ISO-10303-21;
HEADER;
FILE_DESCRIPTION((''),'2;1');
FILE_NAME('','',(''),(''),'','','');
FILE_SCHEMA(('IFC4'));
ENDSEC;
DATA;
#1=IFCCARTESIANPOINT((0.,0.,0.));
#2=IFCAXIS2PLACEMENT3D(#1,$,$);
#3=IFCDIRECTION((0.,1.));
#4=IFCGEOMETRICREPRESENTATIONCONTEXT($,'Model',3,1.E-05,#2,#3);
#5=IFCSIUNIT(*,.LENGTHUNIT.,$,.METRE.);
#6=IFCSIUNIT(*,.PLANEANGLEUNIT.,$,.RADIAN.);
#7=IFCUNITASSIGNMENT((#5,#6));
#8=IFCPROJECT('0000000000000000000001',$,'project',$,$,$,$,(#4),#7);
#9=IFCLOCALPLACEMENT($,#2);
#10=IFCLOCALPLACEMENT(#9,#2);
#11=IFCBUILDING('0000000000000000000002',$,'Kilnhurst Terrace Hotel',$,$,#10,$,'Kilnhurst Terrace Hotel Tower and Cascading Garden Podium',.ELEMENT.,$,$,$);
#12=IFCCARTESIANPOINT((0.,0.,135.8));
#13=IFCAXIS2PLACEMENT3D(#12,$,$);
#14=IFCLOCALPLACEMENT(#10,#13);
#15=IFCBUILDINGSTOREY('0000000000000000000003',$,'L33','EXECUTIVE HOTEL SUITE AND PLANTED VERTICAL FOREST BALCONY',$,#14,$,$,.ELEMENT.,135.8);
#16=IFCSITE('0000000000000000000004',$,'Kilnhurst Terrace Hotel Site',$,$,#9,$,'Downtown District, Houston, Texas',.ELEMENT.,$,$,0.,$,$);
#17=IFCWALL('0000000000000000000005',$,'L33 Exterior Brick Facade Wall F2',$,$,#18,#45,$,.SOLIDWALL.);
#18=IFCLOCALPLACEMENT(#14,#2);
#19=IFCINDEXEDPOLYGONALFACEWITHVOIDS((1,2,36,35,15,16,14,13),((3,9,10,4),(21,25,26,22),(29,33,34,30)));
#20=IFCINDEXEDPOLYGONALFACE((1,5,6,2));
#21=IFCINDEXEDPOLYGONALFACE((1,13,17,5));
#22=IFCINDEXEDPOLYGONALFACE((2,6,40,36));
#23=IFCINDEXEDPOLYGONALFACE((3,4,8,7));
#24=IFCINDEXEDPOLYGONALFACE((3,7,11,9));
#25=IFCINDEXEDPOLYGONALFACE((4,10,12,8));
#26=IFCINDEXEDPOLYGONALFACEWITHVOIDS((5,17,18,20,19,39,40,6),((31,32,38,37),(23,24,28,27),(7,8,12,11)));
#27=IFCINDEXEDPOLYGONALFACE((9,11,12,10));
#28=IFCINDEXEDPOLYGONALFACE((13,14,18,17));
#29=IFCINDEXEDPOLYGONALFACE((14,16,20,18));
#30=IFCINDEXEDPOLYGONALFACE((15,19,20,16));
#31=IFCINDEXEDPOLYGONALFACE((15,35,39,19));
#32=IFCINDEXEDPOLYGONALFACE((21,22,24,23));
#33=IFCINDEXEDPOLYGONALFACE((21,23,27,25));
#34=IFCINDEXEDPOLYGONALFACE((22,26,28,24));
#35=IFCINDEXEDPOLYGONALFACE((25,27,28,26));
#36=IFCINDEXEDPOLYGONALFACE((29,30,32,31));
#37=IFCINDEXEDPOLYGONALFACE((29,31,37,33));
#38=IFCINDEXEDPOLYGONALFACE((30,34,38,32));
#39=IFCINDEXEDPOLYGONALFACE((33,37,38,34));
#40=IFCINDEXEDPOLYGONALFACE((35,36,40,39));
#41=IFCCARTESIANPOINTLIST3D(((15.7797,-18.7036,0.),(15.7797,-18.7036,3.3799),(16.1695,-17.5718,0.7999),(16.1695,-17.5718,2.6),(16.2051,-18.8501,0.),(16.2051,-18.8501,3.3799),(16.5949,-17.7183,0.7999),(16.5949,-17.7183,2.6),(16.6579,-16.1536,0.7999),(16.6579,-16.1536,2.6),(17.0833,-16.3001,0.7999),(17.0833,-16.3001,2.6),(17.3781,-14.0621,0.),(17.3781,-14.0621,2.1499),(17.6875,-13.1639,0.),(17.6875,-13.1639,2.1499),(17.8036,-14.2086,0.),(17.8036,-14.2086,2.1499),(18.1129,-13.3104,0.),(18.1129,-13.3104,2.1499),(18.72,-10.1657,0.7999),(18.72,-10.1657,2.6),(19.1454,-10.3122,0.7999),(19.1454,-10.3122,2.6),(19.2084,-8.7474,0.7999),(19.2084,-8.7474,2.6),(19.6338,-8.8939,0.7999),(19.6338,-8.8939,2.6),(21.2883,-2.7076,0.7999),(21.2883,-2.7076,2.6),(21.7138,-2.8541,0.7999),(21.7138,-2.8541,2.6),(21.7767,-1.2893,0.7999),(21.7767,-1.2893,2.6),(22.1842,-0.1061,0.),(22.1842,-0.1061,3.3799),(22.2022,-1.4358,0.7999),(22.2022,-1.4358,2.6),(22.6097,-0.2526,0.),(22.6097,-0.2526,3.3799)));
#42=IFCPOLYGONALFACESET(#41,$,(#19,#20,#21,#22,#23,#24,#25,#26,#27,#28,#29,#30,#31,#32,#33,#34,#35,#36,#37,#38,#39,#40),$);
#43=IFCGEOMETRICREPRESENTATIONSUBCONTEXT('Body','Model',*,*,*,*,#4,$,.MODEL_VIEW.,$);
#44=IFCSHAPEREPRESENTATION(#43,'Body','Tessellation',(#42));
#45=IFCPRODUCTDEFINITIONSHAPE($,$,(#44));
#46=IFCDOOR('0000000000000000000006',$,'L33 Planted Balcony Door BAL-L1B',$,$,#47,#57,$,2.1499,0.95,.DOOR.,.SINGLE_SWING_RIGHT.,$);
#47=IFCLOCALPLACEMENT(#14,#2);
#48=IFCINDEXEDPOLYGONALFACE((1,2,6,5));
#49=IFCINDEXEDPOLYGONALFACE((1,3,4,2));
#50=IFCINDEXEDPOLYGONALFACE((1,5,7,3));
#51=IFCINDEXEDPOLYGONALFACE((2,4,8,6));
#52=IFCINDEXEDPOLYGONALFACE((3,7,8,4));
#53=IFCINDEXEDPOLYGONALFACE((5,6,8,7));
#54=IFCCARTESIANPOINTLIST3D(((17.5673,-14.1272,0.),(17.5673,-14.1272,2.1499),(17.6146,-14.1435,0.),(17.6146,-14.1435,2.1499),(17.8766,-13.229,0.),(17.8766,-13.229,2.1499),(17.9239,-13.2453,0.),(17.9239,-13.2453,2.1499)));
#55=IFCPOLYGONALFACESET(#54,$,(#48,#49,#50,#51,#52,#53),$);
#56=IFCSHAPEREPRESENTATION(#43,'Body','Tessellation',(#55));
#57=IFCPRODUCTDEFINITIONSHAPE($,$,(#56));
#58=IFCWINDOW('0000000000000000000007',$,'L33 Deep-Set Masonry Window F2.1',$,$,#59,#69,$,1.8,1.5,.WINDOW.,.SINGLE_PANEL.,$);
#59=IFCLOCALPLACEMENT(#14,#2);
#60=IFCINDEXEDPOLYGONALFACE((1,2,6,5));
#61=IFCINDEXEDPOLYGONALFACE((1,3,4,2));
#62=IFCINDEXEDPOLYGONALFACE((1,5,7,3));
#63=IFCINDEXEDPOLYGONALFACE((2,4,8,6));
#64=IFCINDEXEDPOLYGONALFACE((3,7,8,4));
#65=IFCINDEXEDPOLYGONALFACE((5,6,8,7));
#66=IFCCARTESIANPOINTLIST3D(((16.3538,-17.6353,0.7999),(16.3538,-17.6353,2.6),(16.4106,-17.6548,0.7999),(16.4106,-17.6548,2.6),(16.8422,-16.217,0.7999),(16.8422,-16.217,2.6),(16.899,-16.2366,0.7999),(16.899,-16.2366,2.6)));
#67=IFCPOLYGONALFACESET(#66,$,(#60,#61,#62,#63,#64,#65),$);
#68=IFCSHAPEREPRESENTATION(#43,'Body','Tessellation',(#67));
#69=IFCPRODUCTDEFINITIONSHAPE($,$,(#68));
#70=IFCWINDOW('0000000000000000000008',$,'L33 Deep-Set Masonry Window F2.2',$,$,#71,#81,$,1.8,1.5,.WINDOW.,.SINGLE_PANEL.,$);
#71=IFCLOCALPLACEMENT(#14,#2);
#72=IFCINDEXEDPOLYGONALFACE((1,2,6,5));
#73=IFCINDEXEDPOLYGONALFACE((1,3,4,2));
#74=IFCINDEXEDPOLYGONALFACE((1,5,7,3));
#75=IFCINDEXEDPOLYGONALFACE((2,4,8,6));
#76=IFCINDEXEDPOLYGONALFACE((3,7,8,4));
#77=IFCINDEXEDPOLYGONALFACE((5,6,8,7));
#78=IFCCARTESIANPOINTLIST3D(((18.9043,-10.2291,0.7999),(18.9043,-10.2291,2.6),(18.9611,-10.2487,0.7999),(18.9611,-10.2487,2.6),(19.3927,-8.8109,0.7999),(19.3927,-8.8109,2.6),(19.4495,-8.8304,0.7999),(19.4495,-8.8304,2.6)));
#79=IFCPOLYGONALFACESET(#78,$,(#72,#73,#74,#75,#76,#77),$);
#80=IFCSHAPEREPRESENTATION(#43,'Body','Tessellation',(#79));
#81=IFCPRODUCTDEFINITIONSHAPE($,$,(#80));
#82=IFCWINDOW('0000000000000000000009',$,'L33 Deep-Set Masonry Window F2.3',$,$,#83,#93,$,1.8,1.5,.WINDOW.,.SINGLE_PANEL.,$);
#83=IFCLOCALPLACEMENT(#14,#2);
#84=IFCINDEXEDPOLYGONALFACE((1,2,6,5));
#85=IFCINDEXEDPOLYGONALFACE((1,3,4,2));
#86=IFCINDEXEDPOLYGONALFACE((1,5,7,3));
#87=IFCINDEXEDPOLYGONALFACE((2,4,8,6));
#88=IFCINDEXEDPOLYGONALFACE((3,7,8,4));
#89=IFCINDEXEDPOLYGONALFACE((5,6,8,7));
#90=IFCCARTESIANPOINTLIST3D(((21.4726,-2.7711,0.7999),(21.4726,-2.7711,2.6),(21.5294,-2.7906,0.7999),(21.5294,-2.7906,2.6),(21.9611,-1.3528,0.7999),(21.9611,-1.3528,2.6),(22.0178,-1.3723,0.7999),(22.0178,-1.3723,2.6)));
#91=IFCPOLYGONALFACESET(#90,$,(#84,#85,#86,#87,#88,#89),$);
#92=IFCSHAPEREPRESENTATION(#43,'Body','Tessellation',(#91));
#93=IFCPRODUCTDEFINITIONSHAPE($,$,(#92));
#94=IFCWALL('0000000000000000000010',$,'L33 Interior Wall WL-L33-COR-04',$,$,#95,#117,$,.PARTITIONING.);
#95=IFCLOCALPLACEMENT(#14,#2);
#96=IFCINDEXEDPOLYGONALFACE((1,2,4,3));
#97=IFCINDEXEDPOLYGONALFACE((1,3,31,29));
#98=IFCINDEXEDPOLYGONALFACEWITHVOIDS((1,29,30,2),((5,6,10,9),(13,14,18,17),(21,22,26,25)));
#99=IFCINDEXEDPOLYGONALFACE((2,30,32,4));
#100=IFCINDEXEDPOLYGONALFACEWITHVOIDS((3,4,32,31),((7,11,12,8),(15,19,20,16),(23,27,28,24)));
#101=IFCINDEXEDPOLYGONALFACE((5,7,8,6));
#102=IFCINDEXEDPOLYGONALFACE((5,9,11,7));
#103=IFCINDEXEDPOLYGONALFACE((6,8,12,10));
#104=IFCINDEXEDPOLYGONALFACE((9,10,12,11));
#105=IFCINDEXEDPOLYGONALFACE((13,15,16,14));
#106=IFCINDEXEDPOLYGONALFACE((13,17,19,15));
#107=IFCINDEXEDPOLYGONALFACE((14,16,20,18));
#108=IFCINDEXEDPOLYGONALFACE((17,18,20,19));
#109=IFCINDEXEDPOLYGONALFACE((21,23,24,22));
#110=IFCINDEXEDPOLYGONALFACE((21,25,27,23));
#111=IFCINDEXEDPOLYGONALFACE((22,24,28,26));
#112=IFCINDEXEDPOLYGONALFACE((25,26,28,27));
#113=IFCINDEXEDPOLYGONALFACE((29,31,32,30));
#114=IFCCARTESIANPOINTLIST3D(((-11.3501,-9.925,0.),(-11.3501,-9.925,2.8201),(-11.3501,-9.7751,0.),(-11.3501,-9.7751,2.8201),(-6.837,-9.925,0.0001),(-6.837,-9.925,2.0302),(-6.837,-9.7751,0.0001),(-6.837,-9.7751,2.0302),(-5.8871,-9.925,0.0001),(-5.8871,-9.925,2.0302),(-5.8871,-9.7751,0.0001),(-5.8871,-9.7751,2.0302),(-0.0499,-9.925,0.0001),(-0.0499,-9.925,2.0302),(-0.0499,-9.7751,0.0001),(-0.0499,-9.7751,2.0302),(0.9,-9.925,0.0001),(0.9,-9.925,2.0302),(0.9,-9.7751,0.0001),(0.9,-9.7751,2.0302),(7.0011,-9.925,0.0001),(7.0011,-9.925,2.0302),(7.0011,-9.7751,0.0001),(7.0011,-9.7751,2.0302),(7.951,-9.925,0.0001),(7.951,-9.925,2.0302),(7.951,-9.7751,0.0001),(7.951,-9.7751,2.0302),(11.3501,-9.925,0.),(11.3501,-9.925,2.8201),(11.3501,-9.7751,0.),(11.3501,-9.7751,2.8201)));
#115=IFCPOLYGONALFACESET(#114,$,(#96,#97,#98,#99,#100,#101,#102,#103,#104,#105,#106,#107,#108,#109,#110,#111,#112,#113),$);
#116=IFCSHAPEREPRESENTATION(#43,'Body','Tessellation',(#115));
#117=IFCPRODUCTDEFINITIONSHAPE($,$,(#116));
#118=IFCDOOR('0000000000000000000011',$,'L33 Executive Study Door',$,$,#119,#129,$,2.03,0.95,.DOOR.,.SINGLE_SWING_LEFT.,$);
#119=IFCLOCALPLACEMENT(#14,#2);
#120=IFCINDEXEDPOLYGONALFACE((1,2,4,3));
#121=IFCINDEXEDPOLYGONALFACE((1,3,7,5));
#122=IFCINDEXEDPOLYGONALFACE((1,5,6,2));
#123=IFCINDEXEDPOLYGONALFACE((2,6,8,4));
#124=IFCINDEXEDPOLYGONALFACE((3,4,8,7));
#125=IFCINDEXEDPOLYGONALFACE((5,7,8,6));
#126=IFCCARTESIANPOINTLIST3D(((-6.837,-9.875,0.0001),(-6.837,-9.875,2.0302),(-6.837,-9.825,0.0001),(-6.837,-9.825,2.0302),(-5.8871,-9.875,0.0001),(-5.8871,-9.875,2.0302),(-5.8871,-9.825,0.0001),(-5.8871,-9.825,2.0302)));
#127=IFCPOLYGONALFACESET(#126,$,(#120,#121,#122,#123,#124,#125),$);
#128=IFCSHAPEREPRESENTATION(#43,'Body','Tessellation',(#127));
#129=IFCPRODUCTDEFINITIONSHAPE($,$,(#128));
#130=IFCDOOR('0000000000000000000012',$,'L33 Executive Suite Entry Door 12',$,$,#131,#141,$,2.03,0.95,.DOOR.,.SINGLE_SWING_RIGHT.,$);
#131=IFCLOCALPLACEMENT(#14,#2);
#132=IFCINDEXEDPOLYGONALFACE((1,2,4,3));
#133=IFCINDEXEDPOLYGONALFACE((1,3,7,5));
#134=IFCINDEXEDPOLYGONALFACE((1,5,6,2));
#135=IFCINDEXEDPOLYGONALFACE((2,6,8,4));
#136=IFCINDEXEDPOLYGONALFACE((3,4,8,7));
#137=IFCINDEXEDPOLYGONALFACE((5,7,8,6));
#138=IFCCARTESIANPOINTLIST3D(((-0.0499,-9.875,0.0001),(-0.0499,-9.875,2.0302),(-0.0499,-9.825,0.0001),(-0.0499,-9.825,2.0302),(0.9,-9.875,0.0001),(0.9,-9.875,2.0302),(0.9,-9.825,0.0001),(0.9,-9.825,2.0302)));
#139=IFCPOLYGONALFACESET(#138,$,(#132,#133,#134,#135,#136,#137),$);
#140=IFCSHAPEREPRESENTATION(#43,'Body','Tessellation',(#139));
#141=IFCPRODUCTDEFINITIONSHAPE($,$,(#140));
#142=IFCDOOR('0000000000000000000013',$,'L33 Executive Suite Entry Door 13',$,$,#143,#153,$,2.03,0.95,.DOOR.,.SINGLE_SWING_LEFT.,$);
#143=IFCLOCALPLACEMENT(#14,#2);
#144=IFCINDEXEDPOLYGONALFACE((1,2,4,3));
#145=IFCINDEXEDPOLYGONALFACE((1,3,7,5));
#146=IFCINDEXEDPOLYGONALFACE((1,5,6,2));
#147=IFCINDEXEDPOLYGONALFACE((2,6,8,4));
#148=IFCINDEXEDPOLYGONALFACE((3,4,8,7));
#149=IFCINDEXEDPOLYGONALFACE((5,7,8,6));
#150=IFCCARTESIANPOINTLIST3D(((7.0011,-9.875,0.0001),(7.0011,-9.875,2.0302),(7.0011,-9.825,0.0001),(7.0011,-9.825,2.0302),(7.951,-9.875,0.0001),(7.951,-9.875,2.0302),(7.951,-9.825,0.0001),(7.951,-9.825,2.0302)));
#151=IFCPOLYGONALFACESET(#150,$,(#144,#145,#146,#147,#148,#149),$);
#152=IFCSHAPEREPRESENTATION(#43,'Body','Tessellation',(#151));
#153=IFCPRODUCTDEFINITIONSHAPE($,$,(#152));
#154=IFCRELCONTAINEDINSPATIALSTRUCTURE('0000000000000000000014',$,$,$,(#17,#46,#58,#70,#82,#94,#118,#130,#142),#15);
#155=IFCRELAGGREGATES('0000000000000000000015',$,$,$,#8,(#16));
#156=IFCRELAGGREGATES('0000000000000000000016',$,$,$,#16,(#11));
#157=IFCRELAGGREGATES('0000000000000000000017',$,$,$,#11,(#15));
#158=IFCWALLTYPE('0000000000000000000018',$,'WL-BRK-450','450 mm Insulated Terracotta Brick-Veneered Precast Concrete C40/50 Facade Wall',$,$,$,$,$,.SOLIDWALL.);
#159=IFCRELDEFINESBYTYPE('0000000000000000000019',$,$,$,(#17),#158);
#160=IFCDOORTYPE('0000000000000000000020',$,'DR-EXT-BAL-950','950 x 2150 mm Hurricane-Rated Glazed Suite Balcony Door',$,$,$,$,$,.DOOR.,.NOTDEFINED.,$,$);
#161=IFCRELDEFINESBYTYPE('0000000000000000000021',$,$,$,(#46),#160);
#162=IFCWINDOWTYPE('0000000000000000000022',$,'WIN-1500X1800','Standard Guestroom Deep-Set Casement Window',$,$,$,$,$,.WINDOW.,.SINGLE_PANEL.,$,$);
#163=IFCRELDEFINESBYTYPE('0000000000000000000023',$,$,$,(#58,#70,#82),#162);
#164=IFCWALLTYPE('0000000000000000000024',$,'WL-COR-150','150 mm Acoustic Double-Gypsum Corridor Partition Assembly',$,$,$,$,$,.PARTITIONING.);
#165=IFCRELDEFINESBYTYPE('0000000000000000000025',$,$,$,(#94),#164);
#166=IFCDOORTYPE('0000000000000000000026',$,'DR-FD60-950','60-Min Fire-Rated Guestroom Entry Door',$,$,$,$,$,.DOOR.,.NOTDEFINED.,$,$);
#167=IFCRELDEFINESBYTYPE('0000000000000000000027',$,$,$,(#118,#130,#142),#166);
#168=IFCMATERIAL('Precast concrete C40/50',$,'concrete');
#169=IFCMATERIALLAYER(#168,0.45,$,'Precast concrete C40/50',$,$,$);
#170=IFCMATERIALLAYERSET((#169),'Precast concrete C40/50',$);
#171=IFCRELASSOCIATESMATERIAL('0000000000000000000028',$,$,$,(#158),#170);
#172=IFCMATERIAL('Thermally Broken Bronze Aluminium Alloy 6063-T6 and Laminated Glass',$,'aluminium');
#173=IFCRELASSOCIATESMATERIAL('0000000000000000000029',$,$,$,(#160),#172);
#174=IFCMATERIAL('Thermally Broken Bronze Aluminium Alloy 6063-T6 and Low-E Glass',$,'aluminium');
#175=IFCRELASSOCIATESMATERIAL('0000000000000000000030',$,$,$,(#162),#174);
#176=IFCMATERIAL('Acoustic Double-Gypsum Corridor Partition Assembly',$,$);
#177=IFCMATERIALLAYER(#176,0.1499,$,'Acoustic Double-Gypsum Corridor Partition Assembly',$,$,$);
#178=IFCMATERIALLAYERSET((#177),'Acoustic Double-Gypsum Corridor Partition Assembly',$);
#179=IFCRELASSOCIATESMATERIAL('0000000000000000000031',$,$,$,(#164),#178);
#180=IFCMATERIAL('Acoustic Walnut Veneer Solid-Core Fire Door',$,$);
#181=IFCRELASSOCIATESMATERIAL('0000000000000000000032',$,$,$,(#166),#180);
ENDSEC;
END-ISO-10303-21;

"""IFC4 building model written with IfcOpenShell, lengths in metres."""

from ifc_helpers import new_model, si_unit, direction, frame, frame_2d, origin, place, context, subcontext, project, spatial, rectangle, extrude, material, layer, layer_set, type_object, element, fill, save


model = new_model("IFC4")

# Units and contexts
model_context = context("Model", 3, precision=1e-05, world=origin(), true_north=direction((0.0, 1.0)))
body_context = subcontext(model_context, "Body", "Model", "MODEL_VIEW")
ifc_project = project(units=[si_unit("LENGTHUNIT", "METRE"), si_unit("PLANEANGLEUNIT", "RADIAN")], contexts=[model_context])

# Site, building, storey
site_placement = place(None, origin())
site = spatial("IfcSite", under=ifc_project, at=site_placement, Name="Kilnhurst Terrace Hotel Site", LongName="Downtown District, Houston, Texas", CompositionType="ELEMENT", RefElevation=0.0)
building_placement = place(site_placement, origin())
building = spatial("IfcBuilding", under=site, at=building_placement, Name="Kilnhurst Terrace Hotel", LongName="Kilnhurst Terrace Hotel Tower and Cascading Garden Podium", CompositionType="ELEMENT")
storey_placement = place(building_placement, frame((0.0, 0.0, 135.8)))
storey = spatial("IfcBuildingStorey", under=building, at=storey_placement, Name="L33", Description="EXECUTIVE HOTEL SUITE AND PLANTED VERTICAL FOREST BALCONY", CompositionType="ELEMENT", Elevation=135.8)

# Shared definitions
ifc_material_1 = material(Name="Precast concrete C40/50", Category="concrete")
ifc_layer_1 = layer(ifc_material_1, 0.45, Name="Precast concrete C40/50")
ifc_layer_set_1 = layer_set([ifc_layer_1], Name="Precast concrete C40/50")
wall_type_1 = type_object("IfcWallType", Name="WL-BRK-450", Description="450 mm Insulated Terracotta Brick-Veneered Precast Concrete C40/50 Facade Wall", PredefinedType="SOLIDWALL", material=ifc_layer_set_1)

# Wall, openings, door, windows
wall_1_placement = place(storey_placement, frame((15.9924, -18.7769, 0.0), z_axis=(0.0, 0.0, 1.0), x_axis=(0.325607, 0.945505, 0.0)))
wall_1 = element("IfcWall", 1, at=wall_1_placement, inside=storey, type_object=wall_type_1, Name="L33 Exterior Brick Facade Wall F2", PredefinedType="SOLIDWALL", context=body_context, shape_type="SweptSolid", body=[
    extrude(rectangle(XDim=19.6694, YDim=0.45, at=frame_2d((9.8347, 0.0))), origin(), (0.0, 0.0, 1.0), 3.3799),
])
opening_1_placement = place(wall_1_placement, frame((4.9089, 0.0, 0.0)))
opening_1 = element("IfcOpeningElement", 2, at=opening_1_placement, cuts=wall_1, PredefinedType="OPENING", context=body_context, shape_type="SweptSolid", body=[
    extrude(rectangle(XDim=0.95, YDim=2.1499, at=frame_2d((0.4751, 1.075))), frame((0.0, 0.2349, 0.0), z_axis=(0.0, -1.0, 0.0), x_axis=(1.0, 0.0, 0.0)), (0.0, 0.0, 1.0), 0.47),
])
opening_2_placement = place(wall_1_placement, frame((1.197, 0.0, 0.8)))
opening_2 = element("IfcOpeningElement", 3, at=opening_2_placement, cuts=wall_1, PredefinedType="OPENING", context=body_context, shape_type="SweptSolid", body=[
    extrude(rectangle(XDim=1.5, YDim=1.8, at=frame_2d((0.75, 0.8999))), frame((0.0, 0.2349, 0.0), z_axis=(0.0, -1.0, 0.0), x_axis=(1.0, 0.0, 0.0)), (0.0, 0.0, 1.0), 0.47),
])
opening_3_placement = place(wall_1_placement, frame((9.03, 0.0, 0.8)))
opening_3 = element("IfcOpeningElement", 4, at=opening_3_placement, cuts=wall_1, PredefinedType="OPENING", context=body_context, shape_type="SweptSolid", body=[
    extrude(rectangle(XDim=1.5, YDim=1.8, at=frame_2d((0.75, 0.8999))), frame((0.0, 0.2349, 0.0), z_axis=(0.0, -1.0, 0.0), x_axis=(1.0, 0.0, 0.0)), (0.0, 0.0, 1.0), 0.47),
])
opening_4_placement = place(wall_1_placement, frame((16.918, 0.0, 0.8)))
opening_4 = element("IfcOpeningElement", 5, at=opening_4_placement, cuts=wall_1, PredefinedType="OPENING", context=body_context, shape_type="SweptSolid", body=[
    extrude(rectangle(XDim=1.5, YDim=1.8, at=frame_2d((0.75, 0.8999))), frame((0.0, 0.2349, 0.0), z_axis=(0.0, -1.0, 0.0), x_axis=(1.0, 0.0, 0.0)), (0.0, 0.0, 1.0), 0.47),
])
ifc_material_2 = material(Name="Thermally Broken Bronze Aluminium Alloy 6063-T6 and Laminated Glass", Category="aluminium")
door_type_1 = type_object("IfcDoorType", Name="DR-EXT-BAL-950", Description="950 x 2150 mm Hurricane-Rated Glazed Suite Balcony Door", OperationType="NOTDEFINED", PredefinedType="DOOR", material=ifc_material_2)
door_1_placement = place(opening_1_placement, origin())
door_1 = element("IfcDoor", 6, at=door_1_placement, inside=storey, type_object=door_type_1, Name="L33 Planted Balcony Door BAL-L1B", OperationType="SINGLE_SWING_RIGHT", OverallHeight=2.1499, OverallWidth=0.95, PredefinedType="DOOR", context=body_context, shape_type="SweptSolid", body=[
    extrude(rectangle(XDim=0.95, YDim=2.1499, at=frame_2d((0.4751, 1.075))), frame((0.0, 0.0249, 0.0), z_axis=(0.0, -1.0, 0.0), x_axis=(1.0, 0.0, 0.0)), (0.0, 0.0, 1.0), 0.05),
])
fill(opening_1, door_1)
ifc_material_3 = material(Name="Thermally Broken Bronze Aluminium Alloy 6063-T6 and Low-E Glass", Category="aluminium")
window_type = type_object("IfcWindowType", Name="WIN-1500X1800", Description="Standard Guestroom Deep-Set Casement Window", PartitioningType="SINGLE_PANEL", PredefinedType="WINDOW", material=ifc_material_3)
window_1_placement = place(opening_2_placement, origin())
window_1 = element("IfcWindow", 7, at=window_1_placement, inside=storey, type_object=window_type, Name="L33 Deep-Set Masonry Window F2.1", OverallHeight=1.8, OverallWidth=1.5, PartitioningType="SINGLE_PANEL", PredefinedType="WINDOW", context=body_context, shape_type="SweptSolid", body=[
    extrude(rectangle(XDim=1.5, YDim=1.8, at=frame_2d((0.75, 0.8999))), frame((0.0, 0.03, 0.0), z_axis=(0.0, -1.0, 0.0), x_axis=(1.0, 0.0, 0.0)), (0.0, 0.0, 1.0), 0.0601),
])
fill(opening_2, window_1)
window_2_placement = place(opening_3_placement, origin())
window_2 = element("IfcWindow", 8, at=window_2_placement, inside=storey, type_object=window_type, Name="L33 Deep-Set Masonry Window F2.2", OverallHeight=1.8, OverallWidth=1.5, PartitioningType="SINGLE_PANEL", PredefinedType="WINDOW", context=body_context, shape_type="SweptSolid", body=[
    extrude(rectangle(XDim=1.5, YDim=1.8, at=frame_2d((0.75, 0.8999))), frame((0.0, 0.03, 0.0), z_axis=(0.0, -1.0, 0.0), x_axis=(1.0, 0.0, 0.0)), (0.0, 0.0, 1.0), 0.0601),
])
fill(opening_3, window_2)
window_3_placement = place(opening_4_placement, origin())
window_3 = element("IfcWindow", 9, at=window_3_placement, inside=storey, type_object=window_type, Name="L33 Deep-Set Masonry Window F2.3", OverallHeight=1.8, OverallWidth=1.5, PartitioningType="SINGLE_PANEL", PredefinedType="WINDOW", context=body_context, shape_type="SweptSolid", body=[
    extrude(rectangle(XDim=1.5, YDim=1.8, at=frame_2d((0.75, 0.8999))), frame((0.0, 0.03, 0.0), z_axis=(0.0, -1.0, 0.0), x_axis=(1.0, 0.0, 0.0)), (0.0, 0.0, 1.0), 0.0601),
])
fill(opening_4, window_3)

# Wall, openings, doors
ifc_material_4 = material(Name="Acoustic Double-Gypsum Corridor Partition Assembly")
ifc_layer_2 = layer(ifc_material_4, 0.1499, Name="Acoustic Double-Gypsum Corridor Partition Assembly")
ifc_layer_set_2 = layer_set([ifc_layer_2], Name="Acoustic Double-Gypsum Corridor Partition Assembly")
wall_type_2 = type_object("IfcWallType", Name="WL-COR-150", Description="150 mm Acoustic Double-Gypsum Corridor Partition Assembly", PredefinedType="PARTITIONING", material=ifc_layer_set_2)
wall_2_placement = place(storey_placement, frame((11.3501, -9.8501, 0.0), z_axis=(0.0, 0.0, 1.0), x_axis=(-1.0, 0.0, 0.0)))
wall_2 = element("IfcWall", 10, at=wall_2_placement, inside=storey, type_object=wall_type_2, Name="L33 Interior Wall WL-L33-COR-04", PredefinedType="PARTITIONING", context=body_context, shape_type="SweptSolid", body=[
    extrude(rectangle(XDim=22.7002, YDim=0.1499, at=frame_2d((11.3501, 0.0))), origin(), (0.0, 0.0, 1.0), 2.8201),
])
opening_5_placement = place(wall_2_placement, frame((17.2371, 0.0, 0.0)))
opening_5 = element("IfcOpeningElement", 11, at=opening_5_placement, cuts=wall_2, PredefinedType="OPENING", context=body_context, shape_type="SweptSolid", body=[
    extrude(rectangle(XDim=0.95, YDim=2.03, at=frame_2d((0.4751, 1.0151))), frame((0.0, 0.085, 0.0), z_axis=(0.0, -1.0, 0.0), x_axis=(1.0, 0.0, 0.0)), (0.0, 0.0, 1.0), 0.1699),
])
opening_6_placement = place(wall_2_placement, frame((10.45, 0.0, 0.0)))
opening_6 = element("IfcOpeningElement", 12, at=opening_6_placement, cuts=wall_2, PredefinedType="OPENING", context=body_context, shape_type="SweptSolid", body=[
    extrude(rectangle(XDim=0.95, YDim=2.03, at=frame_2d((0.4751, 1.0151))), frame((0.0, 0.085, 0.0), z_axis=(0.0, -1.0, 0.0), x_axis=(1.0, 0.0, 0.0)), (0.0, 0.0, 1.0), 0.1699),
])
opening_7_placement = place(wall_2_placement, frame((3.3989, 0.0, 0.0)))
opening_7 = element("IfcOpeningElement", 13, at=opening_7_placement, cuts=wall_2, PredefinedType="OPENING", context=body_context, shape_type="SweptSolid", body=[
    extrude(rectangle(XDim=0.95, YDim=2.03, at=frame_2d((0.4751, 1.0151))), frame((0.0, 0.085, 0.0), z_axis=(0.0, -1.0, 0.0), x_axis=(1.0, 0.0, 0.0)), (0.0, 0.0, 1.0), 0.1699),
])
ifc_material_5 = material(Name="Acoustic Walnut Veneer Solid-Core Fire Door")
door_type_2 = type_object("IfcDoorType", Name="DR-FD60-950", Description="60-Min Fire-Rated Guestroom Entry Door", OperationType="NOTDEFINED", PredefinedType="DOOR", material=ifc_material_5)
door_2_placement = place(opening_5_placement, origin())
door_2 = element("IfcDoor", 14, at=door_2_placement, inside=storey, type_object=door_type_2, Name="L33 Executive Study Door", OperationType="SINGLE_SWING_LEFT", OverallHeight=2.03, OverallWidth=0.95, PredefinedType="DOOR", context=body_context, shape_type="SweptSolid", body=[
    extrude(rectangle(XDim=0.95, YDim=2.03, at=frame_2d((0.4751, 1.0151))), frame((0.0, 0.0249, 0.0), z_axis=(0.0, -1.0, 0.0), x_axis=(1.0, 0.0, 0.0)), (0.0, 0.0, 1.0), 0.05),
])
fill(opening_5, door_2)
door_3_placement = place(opening_6_placement, origin())
door_3 = element("IfcDoor", 15, at=door_3_placement, inside=storey, type_object=door_type_2, Name="L33 Executive Suite Entry Door 12", OperationType="SINGLE_SWING_RIGHT", OverallHeight=2.03, OverallWidth=0.95, PredefinedType="DOOR", context=body_context, shape_type="SweptSolid", body=[
    extrude(rectangle(XDim=0.95, YDim=2.03, at=frame_2d((0.4751, 1.0151))), frame((0.0, 0.0249, 0.0), z_axis=(0.0, -1.0, 0.0), x_axis=(1.0, 0.0, 0.0)), (0.0, 0.0, 1.0), 0.05),
])
fill(opening_6, door_3)
door_4_placement = place(opening_7_placement, origin())
door_4 = element("IfcDoor", 16, at=door_4_placement, inside=storey, type_object=door_type_2, Name="L33 Executive Suite Entry Door 13", OperationType="SINGLE_SWING_LEFT", OverallHeight=2.03, OverallWidth=0.95, PredefinedType="DOOR", context=body_context, shape_type="SweptSolid", body=[
    extrude(rectangle(XDim=0.95, YDim=2.03, at=frame_2d((0.4751, 1.0151))), frame((0.0, 0.0249, 0.0), z_axis=(0.0, -1.0, 0.0), x_axis=(1.0, 0.0, 0.0)), (0.0, 0.0, 1.0), 0.05),
])
fill(opening_7, door_4)

save(model, "model.ifc")
